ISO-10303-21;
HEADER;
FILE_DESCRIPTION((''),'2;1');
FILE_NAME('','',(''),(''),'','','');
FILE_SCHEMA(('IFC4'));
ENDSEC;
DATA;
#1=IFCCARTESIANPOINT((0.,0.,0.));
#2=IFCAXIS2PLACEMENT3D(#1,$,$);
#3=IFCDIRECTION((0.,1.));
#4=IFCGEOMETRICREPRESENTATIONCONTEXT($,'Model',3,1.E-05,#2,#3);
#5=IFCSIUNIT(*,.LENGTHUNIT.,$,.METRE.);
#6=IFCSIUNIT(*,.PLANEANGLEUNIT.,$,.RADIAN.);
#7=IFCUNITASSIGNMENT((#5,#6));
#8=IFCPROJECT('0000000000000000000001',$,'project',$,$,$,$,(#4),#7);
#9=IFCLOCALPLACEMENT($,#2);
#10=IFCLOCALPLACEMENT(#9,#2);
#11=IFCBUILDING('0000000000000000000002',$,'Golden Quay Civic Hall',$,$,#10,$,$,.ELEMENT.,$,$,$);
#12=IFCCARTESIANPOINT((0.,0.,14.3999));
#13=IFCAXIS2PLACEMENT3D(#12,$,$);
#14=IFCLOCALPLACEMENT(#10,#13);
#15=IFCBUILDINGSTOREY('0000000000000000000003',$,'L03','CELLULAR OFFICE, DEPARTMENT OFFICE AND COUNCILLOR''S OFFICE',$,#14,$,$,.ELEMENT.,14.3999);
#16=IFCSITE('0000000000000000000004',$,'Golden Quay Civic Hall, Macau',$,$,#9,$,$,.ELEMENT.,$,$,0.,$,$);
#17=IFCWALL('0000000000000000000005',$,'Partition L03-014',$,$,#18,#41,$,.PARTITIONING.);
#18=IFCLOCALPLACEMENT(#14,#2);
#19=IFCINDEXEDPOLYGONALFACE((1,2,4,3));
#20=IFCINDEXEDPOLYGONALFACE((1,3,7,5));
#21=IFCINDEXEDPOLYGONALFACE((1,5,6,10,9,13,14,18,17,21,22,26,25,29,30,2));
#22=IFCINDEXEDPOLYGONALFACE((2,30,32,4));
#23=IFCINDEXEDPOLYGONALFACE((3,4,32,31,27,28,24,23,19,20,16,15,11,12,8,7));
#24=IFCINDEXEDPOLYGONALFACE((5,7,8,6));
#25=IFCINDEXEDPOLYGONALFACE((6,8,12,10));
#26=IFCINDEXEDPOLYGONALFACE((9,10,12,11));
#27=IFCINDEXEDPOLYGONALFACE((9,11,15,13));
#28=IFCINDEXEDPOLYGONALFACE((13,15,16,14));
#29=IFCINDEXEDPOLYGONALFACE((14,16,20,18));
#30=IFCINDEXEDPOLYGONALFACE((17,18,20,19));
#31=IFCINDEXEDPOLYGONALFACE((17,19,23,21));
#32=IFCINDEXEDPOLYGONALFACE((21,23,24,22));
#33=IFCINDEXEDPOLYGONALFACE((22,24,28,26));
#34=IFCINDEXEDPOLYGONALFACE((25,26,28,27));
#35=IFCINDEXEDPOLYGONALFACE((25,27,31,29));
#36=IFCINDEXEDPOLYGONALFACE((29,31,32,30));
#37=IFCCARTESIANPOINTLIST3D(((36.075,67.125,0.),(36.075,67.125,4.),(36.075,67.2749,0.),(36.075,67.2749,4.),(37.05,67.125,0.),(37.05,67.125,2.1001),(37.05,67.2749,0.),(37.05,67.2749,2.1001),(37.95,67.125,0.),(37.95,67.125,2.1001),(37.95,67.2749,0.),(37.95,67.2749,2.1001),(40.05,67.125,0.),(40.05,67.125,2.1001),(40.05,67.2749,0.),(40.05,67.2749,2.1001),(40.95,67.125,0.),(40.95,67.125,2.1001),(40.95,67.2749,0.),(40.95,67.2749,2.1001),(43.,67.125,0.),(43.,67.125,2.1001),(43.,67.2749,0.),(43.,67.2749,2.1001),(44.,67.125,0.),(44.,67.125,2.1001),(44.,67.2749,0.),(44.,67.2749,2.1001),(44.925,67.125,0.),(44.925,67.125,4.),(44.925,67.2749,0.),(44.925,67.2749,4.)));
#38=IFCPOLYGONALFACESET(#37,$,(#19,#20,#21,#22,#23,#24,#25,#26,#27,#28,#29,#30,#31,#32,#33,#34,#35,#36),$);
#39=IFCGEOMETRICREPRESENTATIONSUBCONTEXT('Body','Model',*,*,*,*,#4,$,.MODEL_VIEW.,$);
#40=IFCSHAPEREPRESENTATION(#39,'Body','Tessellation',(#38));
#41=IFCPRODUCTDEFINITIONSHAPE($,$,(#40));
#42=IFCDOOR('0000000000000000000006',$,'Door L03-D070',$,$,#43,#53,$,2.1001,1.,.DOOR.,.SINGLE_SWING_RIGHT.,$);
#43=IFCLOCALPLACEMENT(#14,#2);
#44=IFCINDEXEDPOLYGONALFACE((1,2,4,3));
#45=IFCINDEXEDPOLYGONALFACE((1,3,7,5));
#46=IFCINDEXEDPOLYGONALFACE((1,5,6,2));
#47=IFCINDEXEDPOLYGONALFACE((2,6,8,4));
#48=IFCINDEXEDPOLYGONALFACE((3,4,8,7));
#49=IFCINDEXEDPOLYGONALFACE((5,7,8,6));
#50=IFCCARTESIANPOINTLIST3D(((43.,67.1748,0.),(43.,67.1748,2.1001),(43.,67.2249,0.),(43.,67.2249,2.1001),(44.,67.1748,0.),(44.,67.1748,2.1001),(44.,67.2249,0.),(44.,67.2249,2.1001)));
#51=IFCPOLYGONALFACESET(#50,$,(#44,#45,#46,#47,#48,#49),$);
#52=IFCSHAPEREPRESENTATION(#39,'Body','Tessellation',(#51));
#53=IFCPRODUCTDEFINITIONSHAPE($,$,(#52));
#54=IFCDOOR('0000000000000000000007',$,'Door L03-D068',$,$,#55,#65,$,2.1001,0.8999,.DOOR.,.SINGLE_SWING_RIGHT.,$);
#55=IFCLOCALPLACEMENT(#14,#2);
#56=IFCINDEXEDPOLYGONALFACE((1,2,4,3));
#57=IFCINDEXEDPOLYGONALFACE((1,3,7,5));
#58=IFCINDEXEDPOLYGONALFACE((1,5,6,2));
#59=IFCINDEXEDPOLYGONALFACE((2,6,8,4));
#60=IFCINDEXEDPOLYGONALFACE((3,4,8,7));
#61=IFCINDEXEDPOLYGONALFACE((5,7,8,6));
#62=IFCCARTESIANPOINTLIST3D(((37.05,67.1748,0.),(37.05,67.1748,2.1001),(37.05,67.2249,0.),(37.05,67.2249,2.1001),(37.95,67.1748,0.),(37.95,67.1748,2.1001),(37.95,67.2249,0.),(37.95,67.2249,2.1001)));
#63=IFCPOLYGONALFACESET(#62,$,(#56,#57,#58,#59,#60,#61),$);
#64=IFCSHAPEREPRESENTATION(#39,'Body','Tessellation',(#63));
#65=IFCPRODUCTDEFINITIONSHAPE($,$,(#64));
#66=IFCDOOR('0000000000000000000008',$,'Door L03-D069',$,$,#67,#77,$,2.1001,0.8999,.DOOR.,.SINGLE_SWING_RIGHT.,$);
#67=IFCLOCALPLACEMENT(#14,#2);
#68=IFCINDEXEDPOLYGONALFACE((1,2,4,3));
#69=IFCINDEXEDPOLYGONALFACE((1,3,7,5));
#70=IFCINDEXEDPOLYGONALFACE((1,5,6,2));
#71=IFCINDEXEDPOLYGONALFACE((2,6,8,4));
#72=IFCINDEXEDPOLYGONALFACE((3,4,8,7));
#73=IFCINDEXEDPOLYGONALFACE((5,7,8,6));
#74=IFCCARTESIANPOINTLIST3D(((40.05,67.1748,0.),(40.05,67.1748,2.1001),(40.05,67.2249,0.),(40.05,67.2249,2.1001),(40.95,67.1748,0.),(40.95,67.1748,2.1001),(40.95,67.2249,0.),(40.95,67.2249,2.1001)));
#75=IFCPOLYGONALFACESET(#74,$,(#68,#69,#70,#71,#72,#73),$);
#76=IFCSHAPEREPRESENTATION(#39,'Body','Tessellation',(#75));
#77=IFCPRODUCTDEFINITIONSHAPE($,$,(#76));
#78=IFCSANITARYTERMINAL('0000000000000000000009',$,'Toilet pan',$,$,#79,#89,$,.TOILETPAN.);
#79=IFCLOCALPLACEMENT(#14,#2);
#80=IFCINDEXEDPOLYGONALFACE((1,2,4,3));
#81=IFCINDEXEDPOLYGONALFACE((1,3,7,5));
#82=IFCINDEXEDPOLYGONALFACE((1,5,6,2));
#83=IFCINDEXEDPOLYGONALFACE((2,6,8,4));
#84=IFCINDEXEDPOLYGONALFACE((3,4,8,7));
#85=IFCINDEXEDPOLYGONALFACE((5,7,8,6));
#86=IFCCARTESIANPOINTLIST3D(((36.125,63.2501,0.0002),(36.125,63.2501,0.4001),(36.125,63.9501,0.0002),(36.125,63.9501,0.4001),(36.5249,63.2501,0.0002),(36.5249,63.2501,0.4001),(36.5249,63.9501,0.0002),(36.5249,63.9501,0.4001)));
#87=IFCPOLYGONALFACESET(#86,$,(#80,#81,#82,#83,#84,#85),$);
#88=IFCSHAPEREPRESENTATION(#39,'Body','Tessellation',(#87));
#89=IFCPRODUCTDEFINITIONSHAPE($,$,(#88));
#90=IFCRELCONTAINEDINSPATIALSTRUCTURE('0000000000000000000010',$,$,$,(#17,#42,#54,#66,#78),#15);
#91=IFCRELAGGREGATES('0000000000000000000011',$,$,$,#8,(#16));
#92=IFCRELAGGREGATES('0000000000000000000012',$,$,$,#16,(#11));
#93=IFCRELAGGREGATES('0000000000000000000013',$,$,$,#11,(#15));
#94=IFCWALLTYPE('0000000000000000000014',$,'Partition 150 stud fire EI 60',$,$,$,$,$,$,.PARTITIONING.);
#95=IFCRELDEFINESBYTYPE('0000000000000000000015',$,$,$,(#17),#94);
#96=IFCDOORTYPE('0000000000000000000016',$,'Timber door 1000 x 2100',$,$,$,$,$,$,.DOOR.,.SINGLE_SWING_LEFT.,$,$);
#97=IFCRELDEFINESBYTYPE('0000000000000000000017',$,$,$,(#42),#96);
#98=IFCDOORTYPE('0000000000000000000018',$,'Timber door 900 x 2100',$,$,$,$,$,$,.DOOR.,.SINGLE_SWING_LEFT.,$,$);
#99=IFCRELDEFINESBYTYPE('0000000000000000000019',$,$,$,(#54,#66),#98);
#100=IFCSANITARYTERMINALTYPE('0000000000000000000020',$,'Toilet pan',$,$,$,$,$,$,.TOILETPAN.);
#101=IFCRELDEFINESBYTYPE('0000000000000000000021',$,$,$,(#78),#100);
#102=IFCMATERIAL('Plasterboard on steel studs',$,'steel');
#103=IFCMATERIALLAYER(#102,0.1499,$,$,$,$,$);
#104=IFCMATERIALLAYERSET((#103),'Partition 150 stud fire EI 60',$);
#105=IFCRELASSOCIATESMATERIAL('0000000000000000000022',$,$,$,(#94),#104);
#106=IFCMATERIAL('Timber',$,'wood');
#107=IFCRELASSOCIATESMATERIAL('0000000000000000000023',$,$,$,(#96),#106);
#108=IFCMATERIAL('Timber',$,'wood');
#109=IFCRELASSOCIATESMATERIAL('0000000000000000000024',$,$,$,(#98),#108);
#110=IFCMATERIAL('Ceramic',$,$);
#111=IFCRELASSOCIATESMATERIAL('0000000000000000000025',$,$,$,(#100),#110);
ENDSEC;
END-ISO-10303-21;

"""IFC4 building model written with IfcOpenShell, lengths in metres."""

from ifc_helpers import new_model, si_unit, direction, frame, frame_2d, origin, origin_2d, place, context, subcontext, project, spatial, rectangle, extrude, material, layer, layer_set, type_object, element, fill, save


model = new_model("IFC4")

# Units and contexts
model_context = context("Model", 3, precision=1e-05, world=origin(), true_north=direction((0.0, 1.0)))
body_context = subcontext(model_context, "Body", "Model", "MODEL_VIEW")
ifc_project = project(units=[si_unit("LENGTHUNIT", "METRE"), si_unit("PLANEANGLEUNIT", "RADIAN")], contexts=[model_context])

# Site, building, storey
site_placement = place(None, origin())
site = spatial("IfcSite", under=ifc_project, at=site_placement, Name="Golden Quay Civic Hall, Macau", CompositionType="ELEMENT", RefElevation=0.0)
building_placement = place(site_placement, origin())
building = spatial("IfcBuilding", under=site, at=building_placement, Name="Golden Quay Civic Hall", CompositionType="ELEMENT")
storey_placement = place(building_placement, frame((0.0, 0.0, 14.3999)))
storey = spatial("IfcBuildingStorey", under=building, at=storey_placement, Name="L03", Description="CELLULAR OFFICE, DEPARTMENT OFFICE AND COUNCILLOR'S OFFICE", CompositionType="ELEMENT", Elevation=14.3999)

# Shared definitions
ifc_material_1 = material(Name="Plasterboard on steel studs", Category="steel")
ifc_layer_1 = layer(ifc_material_1, 0.1499)
ifc_layer_set_1 = layer_set([ifc_layer_1], Name="Partition 150 stud fire EI 60")
wall_type_1 = type_object("IfcWallType", Name="Partition 150 stud fire EI 60", PredefinedType="PARTITIONING", material=ifc_layer_set_1)

# Wall, openings, doors
wall_1_placement = place(storey_placement, frame((36.075, 67.2, 0.0), z_axis=(0.0, 0.0, 1.0), x_axis=(1.0, 0.0, 0.0)))
wall_1 = element("IfcWall", 1, at=wall_1_placement, inside=storey, type_object=wall_type_1, Name="Partition L03-014", PredefinedType="PARTITIONING", context=body_context, shape_type="SweptSolid", body=[
    extrude(rectangle(XDim=8.8501, YDim=0.1499, at=frame_2d((4.425, 0.0))), origin(), (0.0, 0.0, 1.0), 4.0),
])
opening_1_placement = place(wall_1_placement, frame((0.9751, 0.0, 0.0)))
opening_1 = element("IfcOpeningElement", 2, at=opening_1_placement, cuts=wall_1, PredefinedType="OPENING", context=body_context, shape_type="SweptSolid", body=[
    extrude(rectangle(XDim=0.8999, YDim=2.1001, at=frame_2d((0.45, 1.05))), frame((0.0, 0.085, 0.0), z_axis=(0.0, -1.0, 0.0), x_axis=(1.0, 0.0, 0.0)), (0.0, 0.0, 1.0), 0.1699),
])
opening_2_placement = place(wall_1_placement, frame((3.9751, 0.0, 0.0)))
opening_2 = element("IfcOpeningElement", 3, at=opening_2_placement, cuts=wall_1, PredefinedType="OPENING", context=body_context, shape_type="SweptSolid", body=[
    extrude(rectangle(XDim=0.8999, YDim=2.1001, at=frame_2d((0.45, 1.05))), frame((0.0, 0.085, 0.0), z_axis=(0.0, -1.0, 0.0), x_axis=(1.0, 0.0, 0.0)), (0.0, 0.0, 1.0), 0.1699),
])
opening_3_placement = place(wall_1_placement, frame((6.925, 0.0, 0.0)))
opening_3 = element("IfcOpeningElement", 4, at=opening_3_placement, cuts=wall_1, PredefinedType="OPENING", context=body_context, shape_type="SweptSolid", body=[
    extrude(rectangle(XDim=1.0, YDim=2.1001, at=frame_2d((0.5, 1.05))), frame((0.0, 0.085, 0.0), z_axis=(0.0, -1.0, 0.0), x_axis=(1.0, 0.0, 0.0)), (0.0, 0.0, 1.0), 0.1699),
])
ifc_material_2 = material(Name="Timber", Category="wood")
door_type_1 = type_object("IfcDoorType", Name="Timber door 1000 x 2100", OperationType="SINGLE_SWING_LEFT", PredefinedType="DOOR", material=ifc_material_2)
door_1_placement = place(opening_3_placement, frame((1.0, 0.0, 0.0), z_axis=(0.0, 0.0, 1.0), x_axis=(-1.0, 0.0, 0.0)))
door_1 = element("IfcDoor", 5, at=door_1_placement, inside=storey, type_object=door_type_1, Name="Door L03-D070", OperationType="SINGLE_SWING_RIGHT", OverallHeight=2.1001, OverallWidth=1.0, PredefinedType="DOOR", context=body_context, shape_type="SweptSolid", body=[
    extrude(rectangle(XDim=1.0, YDim=2.1001, at=frame_2d((0.5, 1.05))), frame((0.0, 0.0251, 0.0), z_axis=(0.0, -1.0, 0.0), x_axis=(1.0, 0.0, 0.0)), (0.0, 0.0, 1.0), 0.05),
])
fill(opening_3, door_1)
ifc_material_3 = material(Name="Timber", Category="wood")
door_type_2 = type_object("IfcDoorType", Name="Timber door 900 x 2100", OperationType="SINGLE_SWING_LEFT", PredefinedType="DOOR", material=ifc_material_3)
door_2_placement = place(opening_1_placement, frame((0.8999, 0.0, 0.0), z_axis=(0.0, 0.0, 1.0), x_axis=(-1.0, 0.0, 0.0)))
door_2 = element("IfcDoor", 6, at=door_2_placement, inside=storey, type_object=door_type_2, Name="Door L03-D068", OperationType="SINGLE_SWING_RIGHT", OverallHeight=2.1001, OverallWidth=0.8999, PredefinedType="DOOR", context=body_context, shape_type="SweptSolid", body=[
    extrude(rectangle(XDim=0.8999, YDim=2.1001, at=frame_2d((0.45, 1.05))), frame((0.0, 0.0251, 0.0), z_axis=(0.0, -1.0, 0.0), x_axis=(1.0, 0.0, 0.0)), (0.0, 0.0, 1.0), 0.05),
])
fill(opening_1, door_2)
door_3_placement = place(opening_2_placement, frame((0.8999, 0.0, 0.0), z_axis=(0.0, 0.0, 1.0), x_axis=(-1.0, 0.0, 0.0)))
door_3 = element("IfcDoor", 7, at=door_3_placement, inside=storey, type_object=door_type_2, Name="Door L03-D069", OperationType="SINGLE_SWING_RIGHT", OverallHeight=2.1001, OverallWidth=0.8999, PredefinedType="DOOR", context=body_context, shape_type="SweptSolid", body=[
    extrude(rectangle(XDim=0.8999, YDim=2.1001, at=frame_2d((0.45, 1.05))), frame((0.0, 0.0251, 0.0), z_axis=(0.0, -1.0, 0.0), x_axis=(1.0, 0.0, 0.0)), (0.0, 0.0, 1.0), 0.05),
])
fill(opening_2, door_3)

# Sanitary terminal
ifc_material_4 = material(Name="Ceramic")
sanitary_terminal_type = type_object("IfcSanitaryTerminalType", Name="Toilet pan", PredefinedType="TOILETPAN", material=ifc_material_4)
sanitary_terminal_placement = place(storey_placement, frame((36.325, 63.6001, 0.0002), z_axis=(0.0, 0.0, 1.0), x_axis=(1.0, 0.0, 0.0)))
element("IfcSanitaryTerminal", 8, at=sanitary_terminal_placement, inside=storey, type_object=sanitary_terminal_type, Name="Toilet pan", PredefinedType="TOILETPAN", context=body_context, shape_type="SweptSolid", body=[
    extrude(rectangle(XDim=0.3999, YDim=0.7, at=origin_2d()), origin(), (0.0, 0.0, 1.0), 0.3999),
])

save(model, "model.ifc")
